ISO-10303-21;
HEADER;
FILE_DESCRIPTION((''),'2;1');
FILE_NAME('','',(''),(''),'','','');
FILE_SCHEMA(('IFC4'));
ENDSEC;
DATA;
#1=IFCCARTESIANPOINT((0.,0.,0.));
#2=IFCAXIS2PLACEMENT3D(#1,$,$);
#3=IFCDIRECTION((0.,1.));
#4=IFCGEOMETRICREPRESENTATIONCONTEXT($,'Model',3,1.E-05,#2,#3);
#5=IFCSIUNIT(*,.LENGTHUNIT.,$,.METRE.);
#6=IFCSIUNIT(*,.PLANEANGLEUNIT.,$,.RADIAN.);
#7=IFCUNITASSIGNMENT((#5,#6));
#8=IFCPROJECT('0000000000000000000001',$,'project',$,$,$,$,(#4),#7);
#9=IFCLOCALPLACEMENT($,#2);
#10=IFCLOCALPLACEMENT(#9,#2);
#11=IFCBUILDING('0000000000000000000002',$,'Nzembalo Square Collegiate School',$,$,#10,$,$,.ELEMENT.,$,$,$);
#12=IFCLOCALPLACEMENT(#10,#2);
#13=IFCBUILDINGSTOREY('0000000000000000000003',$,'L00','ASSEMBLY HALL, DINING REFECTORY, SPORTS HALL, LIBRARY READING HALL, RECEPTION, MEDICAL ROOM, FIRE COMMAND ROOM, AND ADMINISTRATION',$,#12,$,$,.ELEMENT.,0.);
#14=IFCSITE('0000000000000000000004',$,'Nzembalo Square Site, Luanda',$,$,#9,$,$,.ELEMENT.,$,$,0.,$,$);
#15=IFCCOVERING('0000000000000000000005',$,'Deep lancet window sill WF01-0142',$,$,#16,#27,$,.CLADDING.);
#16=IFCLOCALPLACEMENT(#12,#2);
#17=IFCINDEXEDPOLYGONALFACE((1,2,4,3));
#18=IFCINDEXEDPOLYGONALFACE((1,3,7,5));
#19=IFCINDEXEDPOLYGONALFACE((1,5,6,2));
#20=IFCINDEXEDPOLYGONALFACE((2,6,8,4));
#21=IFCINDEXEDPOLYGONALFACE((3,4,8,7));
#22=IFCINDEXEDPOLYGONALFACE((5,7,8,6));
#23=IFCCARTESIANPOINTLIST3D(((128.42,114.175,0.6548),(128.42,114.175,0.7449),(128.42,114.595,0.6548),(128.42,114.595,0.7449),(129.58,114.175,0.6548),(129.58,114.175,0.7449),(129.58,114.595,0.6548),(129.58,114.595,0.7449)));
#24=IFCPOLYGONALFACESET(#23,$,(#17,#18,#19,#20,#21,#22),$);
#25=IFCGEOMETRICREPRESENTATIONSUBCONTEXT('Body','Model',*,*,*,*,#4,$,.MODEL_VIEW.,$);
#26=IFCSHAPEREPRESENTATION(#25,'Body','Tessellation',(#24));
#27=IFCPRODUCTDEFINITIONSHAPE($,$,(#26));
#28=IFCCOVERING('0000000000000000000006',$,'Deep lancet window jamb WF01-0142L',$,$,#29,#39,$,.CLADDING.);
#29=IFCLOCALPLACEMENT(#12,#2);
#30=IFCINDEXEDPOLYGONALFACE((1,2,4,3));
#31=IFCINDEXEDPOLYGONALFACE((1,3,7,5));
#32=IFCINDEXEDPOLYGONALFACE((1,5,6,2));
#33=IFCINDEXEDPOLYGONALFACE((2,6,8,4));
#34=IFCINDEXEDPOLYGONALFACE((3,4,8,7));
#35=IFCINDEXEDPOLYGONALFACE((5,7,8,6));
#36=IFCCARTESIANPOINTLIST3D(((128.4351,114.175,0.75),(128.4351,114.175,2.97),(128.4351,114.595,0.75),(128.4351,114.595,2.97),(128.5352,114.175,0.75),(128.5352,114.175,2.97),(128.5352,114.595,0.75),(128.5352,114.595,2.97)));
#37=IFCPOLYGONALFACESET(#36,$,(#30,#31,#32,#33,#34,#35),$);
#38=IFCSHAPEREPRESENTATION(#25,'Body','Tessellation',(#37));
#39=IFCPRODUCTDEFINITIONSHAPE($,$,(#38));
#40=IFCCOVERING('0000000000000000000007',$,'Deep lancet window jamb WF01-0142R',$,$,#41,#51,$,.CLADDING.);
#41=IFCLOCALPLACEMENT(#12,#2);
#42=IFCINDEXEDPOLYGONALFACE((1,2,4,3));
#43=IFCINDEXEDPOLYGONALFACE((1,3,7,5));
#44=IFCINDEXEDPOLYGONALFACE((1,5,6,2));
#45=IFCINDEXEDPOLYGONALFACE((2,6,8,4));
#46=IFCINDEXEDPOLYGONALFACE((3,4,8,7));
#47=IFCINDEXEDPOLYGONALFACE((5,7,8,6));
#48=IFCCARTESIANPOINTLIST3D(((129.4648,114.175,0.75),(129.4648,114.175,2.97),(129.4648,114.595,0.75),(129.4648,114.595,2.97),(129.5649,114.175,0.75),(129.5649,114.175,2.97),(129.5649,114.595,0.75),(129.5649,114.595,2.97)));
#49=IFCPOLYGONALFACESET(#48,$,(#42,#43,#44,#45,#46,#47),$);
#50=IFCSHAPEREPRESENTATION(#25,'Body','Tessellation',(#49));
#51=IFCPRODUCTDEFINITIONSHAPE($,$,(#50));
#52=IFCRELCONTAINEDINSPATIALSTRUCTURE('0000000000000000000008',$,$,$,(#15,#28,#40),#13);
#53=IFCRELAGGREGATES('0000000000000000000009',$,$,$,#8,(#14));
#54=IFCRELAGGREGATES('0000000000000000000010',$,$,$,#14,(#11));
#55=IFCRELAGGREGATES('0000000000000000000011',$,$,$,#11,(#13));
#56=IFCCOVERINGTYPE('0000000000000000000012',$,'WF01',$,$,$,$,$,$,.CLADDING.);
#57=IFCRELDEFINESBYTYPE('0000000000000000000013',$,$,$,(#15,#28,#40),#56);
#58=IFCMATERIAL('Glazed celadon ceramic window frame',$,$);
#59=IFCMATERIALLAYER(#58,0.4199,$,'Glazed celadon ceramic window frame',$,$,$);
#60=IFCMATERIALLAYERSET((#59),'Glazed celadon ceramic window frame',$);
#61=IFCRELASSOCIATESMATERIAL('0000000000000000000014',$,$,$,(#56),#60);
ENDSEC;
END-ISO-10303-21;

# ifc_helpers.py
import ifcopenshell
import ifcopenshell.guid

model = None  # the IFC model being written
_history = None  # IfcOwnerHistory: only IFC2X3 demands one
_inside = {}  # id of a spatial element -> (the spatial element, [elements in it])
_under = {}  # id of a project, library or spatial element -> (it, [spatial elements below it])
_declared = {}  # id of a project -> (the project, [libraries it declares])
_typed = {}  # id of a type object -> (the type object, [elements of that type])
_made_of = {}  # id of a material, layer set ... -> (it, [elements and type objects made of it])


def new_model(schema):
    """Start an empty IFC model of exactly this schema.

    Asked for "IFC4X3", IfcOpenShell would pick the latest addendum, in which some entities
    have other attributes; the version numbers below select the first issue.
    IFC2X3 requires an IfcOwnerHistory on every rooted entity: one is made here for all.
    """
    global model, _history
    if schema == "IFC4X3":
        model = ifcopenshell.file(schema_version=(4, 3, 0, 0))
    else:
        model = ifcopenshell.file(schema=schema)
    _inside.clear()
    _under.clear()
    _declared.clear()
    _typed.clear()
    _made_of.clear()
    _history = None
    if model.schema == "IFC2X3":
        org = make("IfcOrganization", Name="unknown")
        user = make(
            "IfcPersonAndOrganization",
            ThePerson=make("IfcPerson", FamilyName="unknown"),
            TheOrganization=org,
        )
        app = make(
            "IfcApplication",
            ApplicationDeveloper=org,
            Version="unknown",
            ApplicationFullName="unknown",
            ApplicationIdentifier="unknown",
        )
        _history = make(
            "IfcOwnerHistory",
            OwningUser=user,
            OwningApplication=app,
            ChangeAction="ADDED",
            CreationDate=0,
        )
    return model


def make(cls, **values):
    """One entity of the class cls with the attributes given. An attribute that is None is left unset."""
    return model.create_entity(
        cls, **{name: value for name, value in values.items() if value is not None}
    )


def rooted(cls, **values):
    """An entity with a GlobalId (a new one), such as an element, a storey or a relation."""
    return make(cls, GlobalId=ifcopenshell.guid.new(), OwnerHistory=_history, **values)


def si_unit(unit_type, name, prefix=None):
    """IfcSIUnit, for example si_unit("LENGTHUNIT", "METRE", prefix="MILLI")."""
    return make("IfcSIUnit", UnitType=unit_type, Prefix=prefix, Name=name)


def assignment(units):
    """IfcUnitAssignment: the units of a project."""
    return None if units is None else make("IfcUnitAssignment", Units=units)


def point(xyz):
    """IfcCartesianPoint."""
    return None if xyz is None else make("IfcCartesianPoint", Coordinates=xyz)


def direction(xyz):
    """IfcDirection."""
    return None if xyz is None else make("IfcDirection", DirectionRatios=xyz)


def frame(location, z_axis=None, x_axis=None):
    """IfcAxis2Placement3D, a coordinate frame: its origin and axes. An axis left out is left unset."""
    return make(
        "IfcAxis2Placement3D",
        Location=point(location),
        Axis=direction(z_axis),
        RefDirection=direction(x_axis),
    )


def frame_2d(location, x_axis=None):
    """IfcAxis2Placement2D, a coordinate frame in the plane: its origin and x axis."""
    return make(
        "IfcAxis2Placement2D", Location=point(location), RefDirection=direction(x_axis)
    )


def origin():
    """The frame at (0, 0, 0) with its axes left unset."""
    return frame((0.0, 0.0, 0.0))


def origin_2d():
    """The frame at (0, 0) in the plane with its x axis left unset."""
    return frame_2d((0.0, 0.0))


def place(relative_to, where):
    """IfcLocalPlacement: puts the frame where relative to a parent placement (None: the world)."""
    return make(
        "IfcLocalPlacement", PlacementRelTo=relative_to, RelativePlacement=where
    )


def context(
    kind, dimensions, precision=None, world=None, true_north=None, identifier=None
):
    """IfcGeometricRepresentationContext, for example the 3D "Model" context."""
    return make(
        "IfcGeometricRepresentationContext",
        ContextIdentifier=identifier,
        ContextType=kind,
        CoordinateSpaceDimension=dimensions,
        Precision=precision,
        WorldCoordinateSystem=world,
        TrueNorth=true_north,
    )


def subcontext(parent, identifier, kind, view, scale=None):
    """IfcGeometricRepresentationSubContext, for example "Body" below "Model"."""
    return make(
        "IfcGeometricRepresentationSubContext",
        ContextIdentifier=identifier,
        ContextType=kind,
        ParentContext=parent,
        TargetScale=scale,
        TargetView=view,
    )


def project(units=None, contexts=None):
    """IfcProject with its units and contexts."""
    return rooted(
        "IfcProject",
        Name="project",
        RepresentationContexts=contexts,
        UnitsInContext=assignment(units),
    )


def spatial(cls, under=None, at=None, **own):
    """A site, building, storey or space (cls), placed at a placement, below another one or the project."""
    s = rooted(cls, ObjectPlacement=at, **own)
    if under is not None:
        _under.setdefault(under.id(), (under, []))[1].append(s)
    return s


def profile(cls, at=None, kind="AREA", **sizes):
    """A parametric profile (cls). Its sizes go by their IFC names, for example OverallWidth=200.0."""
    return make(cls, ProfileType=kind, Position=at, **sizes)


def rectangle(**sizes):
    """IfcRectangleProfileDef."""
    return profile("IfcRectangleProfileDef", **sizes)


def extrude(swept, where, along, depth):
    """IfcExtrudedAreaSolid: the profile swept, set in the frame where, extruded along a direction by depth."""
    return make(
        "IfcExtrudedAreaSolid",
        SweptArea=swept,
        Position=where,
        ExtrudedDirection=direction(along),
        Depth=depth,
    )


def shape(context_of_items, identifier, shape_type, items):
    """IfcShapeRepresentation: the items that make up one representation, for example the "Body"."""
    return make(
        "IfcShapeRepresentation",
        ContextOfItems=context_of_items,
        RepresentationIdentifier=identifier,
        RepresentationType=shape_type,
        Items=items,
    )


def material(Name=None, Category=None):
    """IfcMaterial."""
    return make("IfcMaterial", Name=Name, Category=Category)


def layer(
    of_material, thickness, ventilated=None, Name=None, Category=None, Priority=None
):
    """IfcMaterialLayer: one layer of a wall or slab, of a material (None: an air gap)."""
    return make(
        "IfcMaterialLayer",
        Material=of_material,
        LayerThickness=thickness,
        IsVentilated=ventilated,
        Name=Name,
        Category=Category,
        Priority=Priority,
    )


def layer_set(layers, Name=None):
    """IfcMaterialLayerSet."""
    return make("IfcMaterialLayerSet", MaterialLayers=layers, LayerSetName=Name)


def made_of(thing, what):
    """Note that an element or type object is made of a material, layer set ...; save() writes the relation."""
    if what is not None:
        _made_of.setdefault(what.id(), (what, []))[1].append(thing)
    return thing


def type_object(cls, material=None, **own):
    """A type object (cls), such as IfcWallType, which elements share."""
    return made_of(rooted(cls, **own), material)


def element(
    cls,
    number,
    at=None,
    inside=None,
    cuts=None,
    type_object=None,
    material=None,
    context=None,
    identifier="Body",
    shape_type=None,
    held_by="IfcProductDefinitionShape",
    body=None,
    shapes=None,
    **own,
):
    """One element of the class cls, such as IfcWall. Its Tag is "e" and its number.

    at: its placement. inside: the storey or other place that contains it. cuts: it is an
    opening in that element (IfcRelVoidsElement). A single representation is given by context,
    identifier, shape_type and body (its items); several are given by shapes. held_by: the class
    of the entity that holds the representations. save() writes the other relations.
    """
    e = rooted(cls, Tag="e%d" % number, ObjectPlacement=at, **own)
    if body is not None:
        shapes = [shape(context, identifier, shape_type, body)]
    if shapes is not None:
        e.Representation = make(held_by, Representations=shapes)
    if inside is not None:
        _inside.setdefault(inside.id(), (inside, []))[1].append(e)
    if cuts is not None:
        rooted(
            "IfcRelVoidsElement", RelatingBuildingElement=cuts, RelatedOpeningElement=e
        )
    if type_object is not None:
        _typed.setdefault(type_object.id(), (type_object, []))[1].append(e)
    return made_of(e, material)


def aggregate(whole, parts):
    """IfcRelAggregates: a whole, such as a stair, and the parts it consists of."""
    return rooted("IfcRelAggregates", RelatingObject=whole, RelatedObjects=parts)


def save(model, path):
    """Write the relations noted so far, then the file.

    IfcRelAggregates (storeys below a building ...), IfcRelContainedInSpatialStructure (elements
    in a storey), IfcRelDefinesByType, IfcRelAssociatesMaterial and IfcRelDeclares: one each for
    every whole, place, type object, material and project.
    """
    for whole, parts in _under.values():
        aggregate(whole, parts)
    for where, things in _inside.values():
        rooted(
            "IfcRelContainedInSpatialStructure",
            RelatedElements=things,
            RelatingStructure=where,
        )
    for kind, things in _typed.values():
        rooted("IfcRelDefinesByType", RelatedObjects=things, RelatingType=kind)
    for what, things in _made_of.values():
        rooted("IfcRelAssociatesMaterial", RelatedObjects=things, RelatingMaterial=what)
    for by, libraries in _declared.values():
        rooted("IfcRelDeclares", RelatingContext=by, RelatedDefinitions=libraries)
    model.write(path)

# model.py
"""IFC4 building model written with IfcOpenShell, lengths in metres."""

from ifc_helpers import new_model, si_unit, direction, frame, origin, origin_2d, place, context, subcontext, project, spatial, rectangle, extrude, material, layer, layer_set, type_object, element, save


model = new_model("IFC4")

# Units and contexts
model_context = context("Model", 3, precision=1e-05, world=origin(), true_north=direction((0.0, 1.0)))
body_context = subcontext(model_context, "Body", "Model", "MODEL_VIEW")
ifc_project = project(units=[si_unit("LENGTHUNIT", "METRE"), si_unit("PLANEANGLEUNIT", "RADIAN")], contexts=[model_context])

# Site, building, storey
site_placement = place(None, origin())
site = spatial("IfcSite", under=ifc_project, at=site_placement, Name="Nzembalo Square Site, Luanda", CompositionType="ELEMENT", RefElevation=0.0)
building_placement = place(site_placement, origin())
building = spatial("IfcBuilding", under=site, at=building_placement, Name="Nzembalo Square Collegiate School", CompositionType="ELEMENT")
storey_placement = place(building_placement, origin())
storey = spatial("IfcBuildingStorey", under=building, at=storey_placement, Name="L00", Description="ASSEMBLY HALL, DINING REFECTORY, SPORTS HALL, LIBRARY READING HALL, RECEPTION, MEDICAL ROOM, FIRE COMMAND ROOM, AND ADMINISTRATION", CompositionType="ELEMENT", Elevation=0.0)

# Coverings
ifc_material_1 = material(Name="Glazed celadon ceramic window frame")
ifc_layer_1 = layer(ifc_material_1, 0.4199, Name="Glazed celadon ceramic window frame")
ifc_layer_set_1 = layer_set([ifc_layer_1], Name="Glazed celadon ceramic window frame")
covering_type = type_object("IfcCoveringType", Name="WF01", PredefinedType="CLADDING", material=ifc_layer_set_1)
covering_1_placement = place(storey_placement, frame((129.0, 114.385, 0.6548), z_axis=(0.0, 0.0, 1.0), x_axis=(1.0, 0.0, 0.0)))
element("IfcCovering", 1, at=covering_1_placement, inside=storey, type_object=covering_type, Name="Deep lancet window sill WF01-0142", PredefinedType="CLADDING", context=body_context, shape_type="SweptSolid", body=[
    extrude(rectangle(XDim=1.1599, YDim=0.4199, at=origin_2d()), origin(), (0.0, 0.0, 1.0), 0.0901),
])
for number, where, z_axis, x_axis, name in (
    (2, (128.4851, 114.385, 0.75), (0.0, 0.0, 1.0), (1.0, 0.0, 0.0), "Deep lancet window jamb WF01-0142L"),
    (3, (129.5149, 114.385, 0.75), (0.0, 0.0, 1.0), (1.0, 0.0, 0.0), "Deep lancet window jamb WF01-0142R"),
):
    element("IfcCovering", number, at=place(storey_placement, frame(where, z_axis=z_axis, x_axis=x_axis)), inside=storey, type_object=covering_type, Name=name, PredefinedType="CLADDING", context=body_context, shape_type="SweptSolid", body=[
        extrude(rectangle(XDim=0.1001, YDim=0.4199, at=origin_2d()), origin(), (0.0, 0.0, 1.0), 2.22),
    ])

save(model, "model.ifc")
